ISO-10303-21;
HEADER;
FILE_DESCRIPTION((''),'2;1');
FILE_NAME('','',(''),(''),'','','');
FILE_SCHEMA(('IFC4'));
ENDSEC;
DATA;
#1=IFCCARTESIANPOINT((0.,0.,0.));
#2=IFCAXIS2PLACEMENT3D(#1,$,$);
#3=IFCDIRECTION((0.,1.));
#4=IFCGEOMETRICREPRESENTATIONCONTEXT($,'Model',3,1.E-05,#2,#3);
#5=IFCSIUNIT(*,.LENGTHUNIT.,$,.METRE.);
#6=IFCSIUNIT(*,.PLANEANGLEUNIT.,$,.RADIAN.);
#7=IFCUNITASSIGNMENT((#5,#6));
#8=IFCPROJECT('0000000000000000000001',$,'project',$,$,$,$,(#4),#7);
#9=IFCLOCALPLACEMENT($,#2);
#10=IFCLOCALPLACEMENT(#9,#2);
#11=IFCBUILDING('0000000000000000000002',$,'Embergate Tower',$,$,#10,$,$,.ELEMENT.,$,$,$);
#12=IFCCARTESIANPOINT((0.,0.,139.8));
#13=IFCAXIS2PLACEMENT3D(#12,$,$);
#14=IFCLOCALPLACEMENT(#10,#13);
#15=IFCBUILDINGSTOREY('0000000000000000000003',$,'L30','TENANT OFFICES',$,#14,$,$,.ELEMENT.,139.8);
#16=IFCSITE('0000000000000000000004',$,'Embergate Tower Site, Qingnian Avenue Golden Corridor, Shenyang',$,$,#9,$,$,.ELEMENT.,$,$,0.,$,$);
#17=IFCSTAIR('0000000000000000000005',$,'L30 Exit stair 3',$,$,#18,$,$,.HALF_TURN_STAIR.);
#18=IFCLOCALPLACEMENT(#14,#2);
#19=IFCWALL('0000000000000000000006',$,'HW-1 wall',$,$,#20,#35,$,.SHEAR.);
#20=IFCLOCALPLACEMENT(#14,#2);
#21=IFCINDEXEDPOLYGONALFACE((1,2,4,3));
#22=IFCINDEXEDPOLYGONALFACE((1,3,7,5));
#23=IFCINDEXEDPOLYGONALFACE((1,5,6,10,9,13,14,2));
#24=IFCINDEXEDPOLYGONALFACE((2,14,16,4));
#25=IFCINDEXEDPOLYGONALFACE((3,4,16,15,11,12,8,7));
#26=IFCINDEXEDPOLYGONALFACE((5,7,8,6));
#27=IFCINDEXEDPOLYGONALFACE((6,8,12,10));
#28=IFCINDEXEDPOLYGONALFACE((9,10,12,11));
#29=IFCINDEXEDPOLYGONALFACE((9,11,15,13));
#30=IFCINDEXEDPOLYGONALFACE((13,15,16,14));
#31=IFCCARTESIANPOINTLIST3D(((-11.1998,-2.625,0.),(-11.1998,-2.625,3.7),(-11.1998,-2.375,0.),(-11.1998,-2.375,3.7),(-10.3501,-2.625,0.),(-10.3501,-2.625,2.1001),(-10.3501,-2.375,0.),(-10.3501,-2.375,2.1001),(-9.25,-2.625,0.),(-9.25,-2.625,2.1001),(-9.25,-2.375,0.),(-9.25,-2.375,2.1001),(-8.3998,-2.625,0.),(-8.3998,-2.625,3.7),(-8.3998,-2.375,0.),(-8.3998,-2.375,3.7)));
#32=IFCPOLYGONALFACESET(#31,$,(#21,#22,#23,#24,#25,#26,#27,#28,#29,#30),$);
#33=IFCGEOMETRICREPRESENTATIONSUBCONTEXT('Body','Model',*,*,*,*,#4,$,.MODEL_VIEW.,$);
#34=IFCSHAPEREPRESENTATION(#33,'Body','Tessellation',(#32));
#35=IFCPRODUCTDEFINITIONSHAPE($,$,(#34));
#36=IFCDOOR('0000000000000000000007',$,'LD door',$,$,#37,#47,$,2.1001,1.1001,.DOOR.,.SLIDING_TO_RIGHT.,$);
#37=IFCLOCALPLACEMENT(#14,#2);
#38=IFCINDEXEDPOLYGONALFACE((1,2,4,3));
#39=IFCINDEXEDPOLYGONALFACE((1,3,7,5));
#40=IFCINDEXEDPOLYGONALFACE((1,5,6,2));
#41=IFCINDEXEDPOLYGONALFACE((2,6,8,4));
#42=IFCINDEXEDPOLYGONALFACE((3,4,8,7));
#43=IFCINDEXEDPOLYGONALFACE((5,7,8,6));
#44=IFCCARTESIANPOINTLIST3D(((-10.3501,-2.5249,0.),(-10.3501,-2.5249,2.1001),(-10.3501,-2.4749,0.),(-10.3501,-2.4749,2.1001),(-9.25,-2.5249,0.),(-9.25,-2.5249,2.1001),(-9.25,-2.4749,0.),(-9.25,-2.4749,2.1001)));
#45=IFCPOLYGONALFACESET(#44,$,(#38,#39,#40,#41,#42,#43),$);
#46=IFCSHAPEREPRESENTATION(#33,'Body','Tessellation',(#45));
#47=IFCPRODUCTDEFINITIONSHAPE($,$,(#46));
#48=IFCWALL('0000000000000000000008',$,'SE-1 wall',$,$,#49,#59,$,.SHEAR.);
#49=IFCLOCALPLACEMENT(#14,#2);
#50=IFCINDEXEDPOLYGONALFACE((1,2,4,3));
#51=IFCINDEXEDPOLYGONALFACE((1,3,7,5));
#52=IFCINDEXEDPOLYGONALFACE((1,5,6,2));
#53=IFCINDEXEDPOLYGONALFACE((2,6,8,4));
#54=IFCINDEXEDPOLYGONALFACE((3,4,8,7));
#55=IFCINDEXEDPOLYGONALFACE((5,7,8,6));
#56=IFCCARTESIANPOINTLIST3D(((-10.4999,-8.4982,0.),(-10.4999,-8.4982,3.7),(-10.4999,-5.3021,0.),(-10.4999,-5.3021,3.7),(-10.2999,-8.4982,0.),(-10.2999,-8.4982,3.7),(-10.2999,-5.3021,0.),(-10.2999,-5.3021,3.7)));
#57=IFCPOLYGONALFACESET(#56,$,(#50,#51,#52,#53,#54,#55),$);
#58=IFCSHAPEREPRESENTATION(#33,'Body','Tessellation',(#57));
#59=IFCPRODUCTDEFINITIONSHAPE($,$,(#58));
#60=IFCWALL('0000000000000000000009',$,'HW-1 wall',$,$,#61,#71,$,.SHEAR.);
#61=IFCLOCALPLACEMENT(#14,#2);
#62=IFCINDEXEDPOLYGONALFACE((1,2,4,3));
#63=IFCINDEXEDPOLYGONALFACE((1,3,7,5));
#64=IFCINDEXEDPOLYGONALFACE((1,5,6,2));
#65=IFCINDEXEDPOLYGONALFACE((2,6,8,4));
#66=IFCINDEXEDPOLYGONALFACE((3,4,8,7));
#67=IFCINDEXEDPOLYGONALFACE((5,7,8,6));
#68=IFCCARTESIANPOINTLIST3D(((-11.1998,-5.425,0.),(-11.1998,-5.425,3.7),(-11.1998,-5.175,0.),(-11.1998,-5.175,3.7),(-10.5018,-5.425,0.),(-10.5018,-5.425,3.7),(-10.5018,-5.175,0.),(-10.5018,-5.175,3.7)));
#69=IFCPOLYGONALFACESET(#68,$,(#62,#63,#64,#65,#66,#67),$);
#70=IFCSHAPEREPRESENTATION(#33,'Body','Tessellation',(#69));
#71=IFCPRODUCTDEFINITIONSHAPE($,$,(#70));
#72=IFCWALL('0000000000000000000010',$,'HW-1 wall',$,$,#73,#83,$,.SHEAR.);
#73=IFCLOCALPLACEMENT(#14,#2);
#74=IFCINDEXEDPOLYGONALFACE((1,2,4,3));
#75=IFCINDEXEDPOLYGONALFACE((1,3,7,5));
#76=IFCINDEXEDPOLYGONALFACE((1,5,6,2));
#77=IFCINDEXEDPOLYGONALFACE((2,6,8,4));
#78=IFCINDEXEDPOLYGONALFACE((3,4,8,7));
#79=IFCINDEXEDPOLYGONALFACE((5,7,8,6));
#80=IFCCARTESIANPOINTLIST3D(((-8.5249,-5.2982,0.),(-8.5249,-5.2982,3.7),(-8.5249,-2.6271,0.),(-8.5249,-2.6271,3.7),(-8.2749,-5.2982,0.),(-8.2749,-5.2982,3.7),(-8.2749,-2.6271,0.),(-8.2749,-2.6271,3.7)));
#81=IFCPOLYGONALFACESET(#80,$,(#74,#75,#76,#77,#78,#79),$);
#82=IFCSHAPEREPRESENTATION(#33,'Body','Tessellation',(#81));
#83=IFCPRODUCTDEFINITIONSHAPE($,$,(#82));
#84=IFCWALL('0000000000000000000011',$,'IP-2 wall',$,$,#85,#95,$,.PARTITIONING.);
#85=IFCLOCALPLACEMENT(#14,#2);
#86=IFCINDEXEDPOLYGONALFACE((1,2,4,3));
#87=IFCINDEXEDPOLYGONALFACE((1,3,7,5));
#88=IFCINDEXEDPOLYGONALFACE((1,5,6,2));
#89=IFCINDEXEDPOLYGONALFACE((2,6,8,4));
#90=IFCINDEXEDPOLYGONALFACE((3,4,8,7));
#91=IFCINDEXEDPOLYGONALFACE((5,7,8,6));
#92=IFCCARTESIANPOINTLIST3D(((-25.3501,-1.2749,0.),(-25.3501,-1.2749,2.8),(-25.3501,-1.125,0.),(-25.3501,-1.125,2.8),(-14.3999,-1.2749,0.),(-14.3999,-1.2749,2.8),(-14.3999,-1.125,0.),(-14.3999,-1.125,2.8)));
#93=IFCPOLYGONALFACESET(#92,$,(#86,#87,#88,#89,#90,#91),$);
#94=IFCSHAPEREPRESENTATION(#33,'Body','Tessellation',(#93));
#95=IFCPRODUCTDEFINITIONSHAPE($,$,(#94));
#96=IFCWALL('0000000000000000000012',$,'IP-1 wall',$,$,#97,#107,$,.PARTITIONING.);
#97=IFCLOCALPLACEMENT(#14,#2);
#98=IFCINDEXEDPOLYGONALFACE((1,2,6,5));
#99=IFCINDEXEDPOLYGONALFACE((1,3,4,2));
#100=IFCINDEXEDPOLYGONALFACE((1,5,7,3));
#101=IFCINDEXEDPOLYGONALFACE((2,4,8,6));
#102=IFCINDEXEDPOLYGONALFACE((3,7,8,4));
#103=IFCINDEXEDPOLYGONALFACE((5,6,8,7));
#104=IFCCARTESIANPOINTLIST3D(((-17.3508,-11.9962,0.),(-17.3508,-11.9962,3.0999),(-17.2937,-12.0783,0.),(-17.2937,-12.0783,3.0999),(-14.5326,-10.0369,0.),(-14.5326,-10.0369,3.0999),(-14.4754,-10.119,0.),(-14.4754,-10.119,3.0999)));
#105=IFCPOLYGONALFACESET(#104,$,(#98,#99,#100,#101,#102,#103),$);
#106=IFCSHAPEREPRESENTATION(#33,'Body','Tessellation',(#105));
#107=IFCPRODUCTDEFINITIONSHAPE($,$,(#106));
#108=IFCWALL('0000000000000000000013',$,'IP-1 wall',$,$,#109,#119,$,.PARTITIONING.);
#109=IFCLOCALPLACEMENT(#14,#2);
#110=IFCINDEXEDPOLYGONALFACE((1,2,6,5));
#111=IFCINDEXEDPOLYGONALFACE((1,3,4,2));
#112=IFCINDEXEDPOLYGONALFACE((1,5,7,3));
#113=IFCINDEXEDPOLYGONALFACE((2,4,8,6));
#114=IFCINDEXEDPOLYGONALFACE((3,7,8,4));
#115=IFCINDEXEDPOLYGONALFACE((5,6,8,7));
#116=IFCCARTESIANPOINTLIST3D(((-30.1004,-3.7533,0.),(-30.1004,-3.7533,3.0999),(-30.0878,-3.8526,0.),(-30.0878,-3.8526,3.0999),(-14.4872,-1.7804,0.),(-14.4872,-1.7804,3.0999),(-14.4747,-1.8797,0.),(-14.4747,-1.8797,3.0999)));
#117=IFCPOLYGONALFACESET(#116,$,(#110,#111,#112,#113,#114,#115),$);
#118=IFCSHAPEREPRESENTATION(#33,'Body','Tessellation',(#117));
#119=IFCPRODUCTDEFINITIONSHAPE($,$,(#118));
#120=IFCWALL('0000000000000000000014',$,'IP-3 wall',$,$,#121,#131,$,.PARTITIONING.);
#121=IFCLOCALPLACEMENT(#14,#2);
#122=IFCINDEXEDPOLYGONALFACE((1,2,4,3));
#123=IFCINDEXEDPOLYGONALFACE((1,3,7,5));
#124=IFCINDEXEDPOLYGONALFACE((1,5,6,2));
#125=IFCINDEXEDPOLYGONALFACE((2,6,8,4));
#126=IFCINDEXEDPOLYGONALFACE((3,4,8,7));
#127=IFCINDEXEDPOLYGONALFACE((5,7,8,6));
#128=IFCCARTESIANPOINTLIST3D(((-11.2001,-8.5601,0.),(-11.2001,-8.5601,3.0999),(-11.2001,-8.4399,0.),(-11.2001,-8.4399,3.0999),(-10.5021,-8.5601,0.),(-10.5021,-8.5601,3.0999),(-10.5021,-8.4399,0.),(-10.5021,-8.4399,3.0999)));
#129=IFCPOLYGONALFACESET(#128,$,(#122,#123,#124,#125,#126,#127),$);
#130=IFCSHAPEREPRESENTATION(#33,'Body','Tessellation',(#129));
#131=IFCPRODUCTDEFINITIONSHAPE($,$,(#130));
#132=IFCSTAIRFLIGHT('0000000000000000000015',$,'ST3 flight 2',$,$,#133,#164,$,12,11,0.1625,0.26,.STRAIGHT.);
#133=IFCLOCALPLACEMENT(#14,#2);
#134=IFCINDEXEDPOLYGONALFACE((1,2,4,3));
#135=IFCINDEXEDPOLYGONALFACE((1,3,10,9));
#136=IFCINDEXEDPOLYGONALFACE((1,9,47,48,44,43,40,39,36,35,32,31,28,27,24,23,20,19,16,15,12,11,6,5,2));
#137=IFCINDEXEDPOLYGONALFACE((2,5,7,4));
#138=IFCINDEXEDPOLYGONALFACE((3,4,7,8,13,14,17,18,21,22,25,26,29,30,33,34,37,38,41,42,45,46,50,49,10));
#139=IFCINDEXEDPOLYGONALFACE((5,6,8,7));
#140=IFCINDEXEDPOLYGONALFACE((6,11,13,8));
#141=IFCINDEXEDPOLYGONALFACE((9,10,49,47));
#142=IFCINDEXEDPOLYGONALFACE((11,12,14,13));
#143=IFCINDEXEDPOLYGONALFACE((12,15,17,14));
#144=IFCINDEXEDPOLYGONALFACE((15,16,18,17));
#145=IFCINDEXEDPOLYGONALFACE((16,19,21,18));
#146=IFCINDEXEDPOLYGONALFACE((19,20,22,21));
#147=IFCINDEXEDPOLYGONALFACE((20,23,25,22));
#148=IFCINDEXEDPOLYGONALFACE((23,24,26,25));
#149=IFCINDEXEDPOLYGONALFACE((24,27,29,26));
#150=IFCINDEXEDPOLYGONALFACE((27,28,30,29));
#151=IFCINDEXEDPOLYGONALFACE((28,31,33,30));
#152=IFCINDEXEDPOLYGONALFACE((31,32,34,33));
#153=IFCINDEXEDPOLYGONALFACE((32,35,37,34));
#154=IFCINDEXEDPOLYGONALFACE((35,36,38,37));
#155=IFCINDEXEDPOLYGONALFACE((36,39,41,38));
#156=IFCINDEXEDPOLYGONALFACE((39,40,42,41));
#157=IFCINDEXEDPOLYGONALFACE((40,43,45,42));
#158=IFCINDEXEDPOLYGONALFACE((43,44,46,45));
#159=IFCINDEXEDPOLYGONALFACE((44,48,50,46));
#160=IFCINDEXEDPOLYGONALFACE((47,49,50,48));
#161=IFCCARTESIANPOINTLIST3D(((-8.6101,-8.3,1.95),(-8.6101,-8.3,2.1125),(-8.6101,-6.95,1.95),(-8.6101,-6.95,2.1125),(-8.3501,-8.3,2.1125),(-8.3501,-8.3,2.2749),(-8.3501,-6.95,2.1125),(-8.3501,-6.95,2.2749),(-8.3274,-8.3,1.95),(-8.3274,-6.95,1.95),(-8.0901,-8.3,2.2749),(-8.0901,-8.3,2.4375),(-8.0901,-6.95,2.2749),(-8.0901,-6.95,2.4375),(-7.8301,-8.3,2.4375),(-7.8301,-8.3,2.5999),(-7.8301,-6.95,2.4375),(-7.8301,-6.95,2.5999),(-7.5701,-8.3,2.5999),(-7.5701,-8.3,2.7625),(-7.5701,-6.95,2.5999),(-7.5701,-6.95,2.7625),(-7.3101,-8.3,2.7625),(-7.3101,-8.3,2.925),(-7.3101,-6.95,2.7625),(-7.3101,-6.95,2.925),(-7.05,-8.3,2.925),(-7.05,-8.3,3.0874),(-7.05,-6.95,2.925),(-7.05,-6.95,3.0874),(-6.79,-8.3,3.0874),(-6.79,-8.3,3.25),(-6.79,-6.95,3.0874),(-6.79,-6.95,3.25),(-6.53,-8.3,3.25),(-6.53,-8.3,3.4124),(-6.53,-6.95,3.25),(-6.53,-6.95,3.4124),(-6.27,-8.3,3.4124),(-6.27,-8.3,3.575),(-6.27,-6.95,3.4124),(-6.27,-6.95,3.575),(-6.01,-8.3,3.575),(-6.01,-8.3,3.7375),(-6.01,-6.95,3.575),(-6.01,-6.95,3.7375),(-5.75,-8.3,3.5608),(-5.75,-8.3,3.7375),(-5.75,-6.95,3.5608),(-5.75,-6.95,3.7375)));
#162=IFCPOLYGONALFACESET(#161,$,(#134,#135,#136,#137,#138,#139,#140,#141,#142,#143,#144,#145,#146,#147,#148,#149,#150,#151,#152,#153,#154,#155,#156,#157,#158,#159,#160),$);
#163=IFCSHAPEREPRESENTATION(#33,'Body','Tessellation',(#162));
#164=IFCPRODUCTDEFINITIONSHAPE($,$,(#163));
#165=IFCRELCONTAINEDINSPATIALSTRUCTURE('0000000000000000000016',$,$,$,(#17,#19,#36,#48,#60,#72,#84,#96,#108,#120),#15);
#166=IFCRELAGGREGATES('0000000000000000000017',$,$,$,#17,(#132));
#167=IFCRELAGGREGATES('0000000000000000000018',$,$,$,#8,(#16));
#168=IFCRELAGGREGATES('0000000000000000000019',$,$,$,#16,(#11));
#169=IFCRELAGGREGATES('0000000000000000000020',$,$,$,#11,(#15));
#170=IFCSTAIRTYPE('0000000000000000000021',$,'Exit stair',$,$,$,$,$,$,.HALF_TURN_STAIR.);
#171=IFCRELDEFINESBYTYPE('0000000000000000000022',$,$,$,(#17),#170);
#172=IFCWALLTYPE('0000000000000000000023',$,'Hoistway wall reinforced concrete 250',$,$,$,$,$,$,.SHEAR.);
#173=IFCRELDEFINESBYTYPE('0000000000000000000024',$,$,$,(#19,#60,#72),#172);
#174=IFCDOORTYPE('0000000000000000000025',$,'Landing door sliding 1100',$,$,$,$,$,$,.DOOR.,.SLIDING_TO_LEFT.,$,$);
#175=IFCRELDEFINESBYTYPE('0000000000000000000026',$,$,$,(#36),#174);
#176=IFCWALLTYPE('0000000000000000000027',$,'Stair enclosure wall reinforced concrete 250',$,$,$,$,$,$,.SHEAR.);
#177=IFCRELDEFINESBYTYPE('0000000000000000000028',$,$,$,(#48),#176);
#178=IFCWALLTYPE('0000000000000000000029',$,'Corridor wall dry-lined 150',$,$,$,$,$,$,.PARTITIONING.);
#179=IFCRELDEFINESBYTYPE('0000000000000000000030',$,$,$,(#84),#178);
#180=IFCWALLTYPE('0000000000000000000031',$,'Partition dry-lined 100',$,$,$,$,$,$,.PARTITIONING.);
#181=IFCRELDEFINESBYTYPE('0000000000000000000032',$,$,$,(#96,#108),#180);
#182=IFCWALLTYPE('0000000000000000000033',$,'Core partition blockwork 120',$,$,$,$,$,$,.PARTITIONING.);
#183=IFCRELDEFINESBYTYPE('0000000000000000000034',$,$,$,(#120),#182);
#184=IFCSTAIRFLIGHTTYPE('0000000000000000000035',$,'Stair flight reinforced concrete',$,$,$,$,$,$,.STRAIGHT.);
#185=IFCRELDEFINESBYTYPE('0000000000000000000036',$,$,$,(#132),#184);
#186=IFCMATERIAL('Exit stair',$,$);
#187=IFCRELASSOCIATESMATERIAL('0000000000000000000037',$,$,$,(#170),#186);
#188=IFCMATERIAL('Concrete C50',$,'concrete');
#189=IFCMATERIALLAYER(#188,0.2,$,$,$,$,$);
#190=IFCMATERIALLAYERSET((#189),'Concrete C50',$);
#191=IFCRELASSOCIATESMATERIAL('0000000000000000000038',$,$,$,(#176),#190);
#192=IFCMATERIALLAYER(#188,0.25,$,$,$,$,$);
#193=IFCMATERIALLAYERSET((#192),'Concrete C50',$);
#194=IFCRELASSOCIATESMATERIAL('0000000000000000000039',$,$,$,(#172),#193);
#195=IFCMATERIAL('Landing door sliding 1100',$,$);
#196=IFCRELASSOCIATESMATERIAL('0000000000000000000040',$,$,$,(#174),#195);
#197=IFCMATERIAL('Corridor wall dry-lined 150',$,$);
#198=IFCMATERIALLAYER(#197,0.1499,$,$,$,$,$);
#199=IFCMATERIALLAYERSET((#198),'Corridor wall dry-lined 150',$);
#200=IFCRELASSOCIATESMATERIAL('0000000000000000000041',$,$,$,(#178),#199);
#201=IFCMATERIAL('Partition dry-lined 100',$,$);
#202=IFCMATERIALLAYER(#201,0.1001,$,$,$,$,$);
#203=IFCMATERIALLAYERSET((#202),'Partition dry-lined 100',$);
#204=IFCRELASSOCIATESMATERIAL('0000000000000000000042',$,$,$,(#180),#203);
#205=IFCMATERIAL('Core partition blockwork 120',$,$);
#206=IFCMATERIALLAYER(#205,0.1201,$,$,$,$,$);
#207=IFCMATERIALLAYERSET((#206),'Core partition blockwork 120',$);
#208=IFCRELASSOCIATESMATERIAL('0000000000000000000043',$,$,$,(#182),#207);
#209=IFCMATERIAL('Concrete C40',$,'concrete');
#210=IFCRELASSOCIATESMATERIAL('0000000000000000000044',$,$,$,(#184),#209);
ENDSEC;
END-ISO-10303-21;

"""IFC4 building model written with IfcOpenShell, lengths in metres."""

from ifc_helpers import new_model, si_unit, direction, frame, frame_2d, origin, place, context, subcontext, project, spatial, polyline, rectangle, outline, extrude, source, transform, mapped, material, layer, layer_set, type_object, element, fill, aggregate, save


model = new_model("IFC4")

# Units and contexts
model_context = context("Model", 3, precision=1e-05, world=origin(), true_north=direction((0.0, 1.0)))
body_context = subcontext(model_context, "Body", "Model", "MODEL_VIEW")
ifc_project = project(units=[si_unit("LENGTHUNIT", "METRE"), si_unit("PLANEANGLEUNIT", "RADIAN")], contexts=[model_context])

# Site, building, storey
site_placement = place(None, origin())
site = spatial("IfcSite", under=ifc_project, at=site_placement, Name="Embergate Tower Site, Qingnian Avenue Golden Corridor, Shenyang", CompositionType="ELEMENT", RefElevation=0.0)
building_placement = place(site_placement, origin())
building = spatial("IfcBuilding", under=site, at=building_placement, Name="Embergate Tower", CompositionType="ELEMENT")
storey_placement = place(building_placement, frame((0.0, 0.0, 139.8)))
storey = spatial("IfcBuildingStorey", under=building, at=storey_placement, Name="L30", Description="TENANT OFFICES", CompositionType="ELEMENT", Elevation=139.8)

# Stair
ifc_material_1 = material(Name="Exit stair")
stair_type = type_object("IfcStairType", Name="Exit stair", PredefinedType="HALF_TURN_STAIR", material=ifc_material_1)
stair_placement = place(storey_placement, origin())
stair = element("IfcStair", 1, at=stair_placement, inside=storey, type_object=stair_type, Name="L30 Exit stair 3", PredefinedType="HALF_TURN_STAIR")
ifc_material_2 = material(Name="Concrete C40", Category="concrete")

# Shared definitions
ifc_material_3 = material(Name="Concrete C50", Category="concrete")
ifc_layer_1 = layer(ifc_material_3, 0.2)
ifc_layer_set_1 = layer_set([ifc_layer_1], Name="Concrete C50")
wall_type_1 = type_object("IfcWallType", Name="Stair enclosure wall reinforced concrete 250", PredefinedType="SHEAR", material=ifc_layer_set_1)

# Wall, opening, door
ifc_layer_2 = layer(ifc_material_3, 0.25)
ifc_layer_set_2 = layer_set([ifc_layer_2], Name="Concrete C50")
wall_type_2 = type_object("IfcWallType", Name="Hoistway wall reinforced concrete 250", PredefinedType="SHEAR", material=ifc_layer_set_2)
shared_shape_1 = source(origin(), body_context, "Body", "SweptSolid", [
    extrude(rectangle(XDim=2.8, YDim=0.25, at=frame_2d((1.3999, 0.0))), origin(), (0.0, 0.0, 1.0), 3.7),
])
wall_1_placement = place(storey_placement, frame((-8.3999, -2.5, 0.0), z_axis=(0.0, 0.0, 1.0), x_axis=(-1.0, 0.0, 0.0)))
wall_1 = element("IfcWall", 2, at=wall_1_placement, inside=storey, type_object=wall_type_2, Name="HW-1 wall", PredefinedType="SHEAR", context=body_context, shape_type="MappedRepresentation", body=[
    mapped(shared_shape_1, transform((0.0, 0.0, 0.0))),
])
shared_shape_2 = source(origin(), body_context, "Body", "SweptSolid", [
    extrude(rectangle(XDim=1.1001, YDim=2.1001, at=frame_2d((0.55, 1.05))), frame((0.0, 0.135, 0.0), z_axis=(0.0, -1.0, 0.0), x_axis=(1.0, 0.0, 0.0)), (0.0, 0.0, 1.0), 0.27),
])
opening_placement = place(wall_1_placement, frame((0.8501, 0.0, 0.0)))
opening = element("IfcOpeningElement", 3, at=opening_placement, cuts=wall_1, PredefinedType="OPENING", context=body_context, shape_type="MappedRepresentation", body=[
    mapped(shared_shape_2, transform((0.0, 0.0, 0.0))),
])
ifc_material_4 = material(Name="Landing door sliding 1100")
door_type = type_object("IfcDoorType", Name="Landing door sliding 1100", OperationType="SLIDING_TO_LEFT", PredefinedType="DOOR", material=ifc_material_4)
shared_shape_3 = source(origin(), body_context, "Body", "SweptSolid", [
    extrude(rectangle(XDim=1.1001, YDim=2.1001, at=frame_2d((0.55, 1.05))), frame((0.0, 0.0249, 0.0), z_axis=(0.0, -1.0, 0.0), x_axis=(1.0, 0.0, 0.0)), (0.0, 0.0, 1.0), 0.05),
])
door_placement = place(opening_placement, origin())
door = element("IfcDoor", 4, at=door_placement, inside=storey, type_object=door_type, Name="LD door", OperationType="SLIDING_TO_RIGHT", OverallHeight=2.1001, OverallWidth=1.1001, PredefinedType="DOOR", context=body_context, shape_type="MappedRepresentation", body=[
    mapped(shared_shape_3, transform((0.0, 0.0, 0.0))),
])
fill(opening, door)

# Walls
shared_shape_4 = source(origin(), body_context, "Body", "SweptSolid", [
    extrude(rectangle(XDim=3.196, YDim=0.2, at=frame_2d((1.5981, 0.0))), origin(), (0.0, 0.0, 1.0), 3.7),
])
wall_2_placement = place(storey_placement, frame((-10.3999, -5.302, 0.0), z_axis=(0.0, 0.0, 1.0), x_axis=(0.0, -1.0, 0.0)))
element("IfcWall", 5, at=wall_2_placement, inside=storey, type_object=wall_type_1, Name="SE-1 wall", PredefinedType="SHEAR", context=body_context, shape_type="MappedRepresentation", body=[
    mapped(shared_shape_4, transform((0.0, 0.0, 0.0))),
])
shared_shape_5 = source(origin(), body_context, "Body", "SweptSolid", [
    extrude(rectangle(XDim=0.698, YDim=0.25, at=frame_2d((0.3491, 0.0))), origin(), (0.0, 0.0, 1.0), 3.7),
])
wall_3_placement = place(storey_placement, frame((-11.2, -5.3, 0.0), z_axis=(0.0, 0.0, 1.0), x_axis=(1.0, 0.0, 0.0)))
element("IfcWall", 6, at=wall_3_placement, inside=storey, type_object=wall_type_2, Name="HW-1 wall", PredefinedType="SHEAR", context=body_context, shape_type="MappedRepresentation", body=[
    mapped(shared_shape_5, transform((0.0, 0.0, 0.0))),
])
shared_shape_6 = source(origin(), body_context, "Body", "SweptSolid", [
    extrude(rectangle(XDim=2.6711, YDim=0.25, at=frame_2d((1.3354, 0.0))), origin(), (0.0, 0.0, 1.0), 3.7),
])
wall_4_placement = place(storey_placement, frame((-8.3999, -5.2981, 0.0), z_axis=(0.0, 0.0, 1.0), x_axis=(0.0, 1.0, 0.0)))
element("IfcWall", 7, at=wall_4_placement, inside=storey, type_object=wall_type_2, Name="HW-1 wall", PredefinedType="SHEAR", context=body_context, shape_type="MappedRepresentation", body=[
    mapped(shared_shape_6, transform((0.0, 0.0, 0.0))),
])
ifc_material_5 = material(Name="Corridor wall dry-lined 150")
ifc_layer_3 = layer(ifc_material_5, 0.1499)
ifc_layer_set_3 = layer_set([ifc_layer_3], Name="Corridor wall dry-lined 150")
wall_type_3 = type_object("IfcWallType", Name="Corridor wall dry-lined 150", PredefinedType="PARTITIONING", material=ifc_layer_set_3)
shared_shape_7 = source(origin(), body_context, "Body", "SweptSolid", [
    extrude(rectangle(XDim=10.9502, YDim=0.1499, at=frame_2d((5.4751, 0.0))), origin(), (0.0, 0.0, 1.0), 2.8),
])
wall_5_placement = place(storey_placement, frame((-14.3999, -1.2, 0.0), z_axis=(0.0, 0.0, 1.0), x_axis=(-1.0, 0.0, 0.0)))
element("IfcWall", 8, at=wall_5_placement, inside=storey, type_object=wall_type_3, Name="IP-2 wall", PredefinedType="PARTITIONING", context=body_context, shape_type="MappedRepresentation", body=[
    mapped(shared_shape_7, transform((0.0, 0.0, 0.0))),
])
ifc_material_6 = material(Name="Partition dry-lined 100")
ifc_layer_4 = layer(ifc_material_6, 0.1001)
ifc_layer_set_4 = layer_set([ifc_layer_4], Name="Partition dry-lined 100")
wall_type_4 = type_object("IfcWallType", Name="Partition dry-lined 100", PredefinedType="PARTITIONING", material=ifc_layer_set_4)
shared_shape_8 = source(origin(), body_context, "Body", "SweptSolid", [
    extrude(rectangle(XDim=3.4324, YDim=0.1001, at=frame_2d((1.7163, 0.0))), origin(), (0.0, 0.0, 1.0), 3.0999),
])
wall_6_placement = place(storey_placement, frame((-14.5039, -10.0779, 0.0), z_axis=(0.0, 0.0, 1.0), x_axis=(-0.821069, -0.570829, 0.0)))
element("IfcWall", 9, at=wall_6_placement, inside=storey, type_object=wall_type_4, Name="IP-1 wall", PredefinedType="PARTITIONING", context=body_context, shape_type="MappedRepresentation", body=[
    mapped(shared_shape_8, transform((0.0, 0.0, 0.0))),
])
shared_shape_9 = source(origin(), body_context, "Body", "SweptSolid", [
    extrude(rectangle(XDim=15.7373, YDim=0.1001, at=frame_2d((7.8687, 0.0))), origin(), (0.0, 0.0, 1.0), 3.0999),
])
wall_7_placement = place(storey_placement, frame((-14.481, -1.8301, 0.0), z_axis=(0.0, 0.0, 1.0), x_axis=(-0.992111, -0.125365, 0.0)))
element("IfcWall", 10, at=wall_7_placement, inside=storey, type_object=wall_type_4, Name="IP-1 wall", PredefinedType="PARTITIONING", context=body_context, shape_type="MappedRepresentation", body=[
    mapped(shared_shape_9, transform((0.0, 0.0, 0.0))),
])
ifc_material_7 = material(Name="Core partition blockwork 120")
ifc_layer_5 = layer(ifc_material_7, 0.1201)
ifc_layer_set_5 = layer_set([ifc_layer_5], Name="Core partition blockwork 120")
wall_type_5 = type_object("IfcWallType", Name="Core partition blockwork 120", PredefinedType="PARTITIONING", material=ifc_layer_set_5)
shared_shape_10 = source(origin(), body_context, "Body", "SweptSolid", [
    extrude(rectangle(XDim=0.698, YDim=0.1201, at=frame_2d((0.3491, 0.0))), origin(), (0.0, 0.0, 1.0), 3.0999),
])
wall_8_placement = place(storey_placement, frame((-10.502, -8.5, 0.0), z_axis=(0.0, 0.0, 1.0), x_axis=(-1.0, 0.0, 0.0)))
element("IfcWall", 11, at=wall_8_placement, inside=storey, type_object=wall_type_5, Name="IP-3 wall", PredefinedType="PARTITIONING", context=body_context, shape_type="MappedRepresentation", body=[
    mapped(shared_shape_10, transform((0.0, 0.0, 0.0))),
])

# Stair flight
stair_flight_type = type_object("IfcStairFlightType", Name="Stair flight reinforced concrete", PredefinedType="STRAIGHT", material=ifc_material_2)
shared_shape_11 = source(origin(), body_context, "Body", "SweptSolid", [
    extrude(outline(polyline([(0.0, 0.0), (0.0, 0.1626), (0.26, 0.1626), (0.26, 0.325), (0.52, 0.325), (0.52, 0.4875), (0.78, 0.4875), (0.78, 0.6499), (1.04, 0.6499), (1.04, 0.8125), (1.3, 0.8125), (1.3, 0.9751), (1.5601, 0.9751), (1.5601, 1.1375), (1.8201, 1.1375), (1.8201, 1.3), (2.0801, 1.3), (2.0801, 1.4624), (2.3401, 1.4624), (2.3401, 1.625), (2.6001, 1.625), (2.6001, 1.7876), (2.8601, 1.7876), (2.8601, 1.95), (2.8601, 1.6108), (0.2827, 0.0), (0.0, 0.0)])), frame((0.0, 0.675, 0.0), z_axis=(0.0, -1.0, 0.0), x_axis=(1.0, 0.0, 0.0)), (0.0, 0.0, 1.0), 1.3501),
])
stair_flight_placement = place(storey_placement, frame((-8.6101, -7.625, 1.95), z_axis=(0.0, 0.0, 1.0), x_axis=(1.0, 0.0, 0.0)))
stair_flight = element("IfcStairFlight", 12, at=stair_flight_placement, type_object=stair_flight_type, Name="ST3 flight 2", NumberOfRisers=12, NumberOfTreads=11, PredefinedType="STRAIGHT", RiserHeight=0.1625, TreadLength=0.26, context=body_context, shape_type="MappedRepresentation", body=[
    mapped(shared_shape_11, transform((0.0, 0.0, 0.0))),
])
aggregate(stair, [stair_flight])

save(model, "model.ifc")
